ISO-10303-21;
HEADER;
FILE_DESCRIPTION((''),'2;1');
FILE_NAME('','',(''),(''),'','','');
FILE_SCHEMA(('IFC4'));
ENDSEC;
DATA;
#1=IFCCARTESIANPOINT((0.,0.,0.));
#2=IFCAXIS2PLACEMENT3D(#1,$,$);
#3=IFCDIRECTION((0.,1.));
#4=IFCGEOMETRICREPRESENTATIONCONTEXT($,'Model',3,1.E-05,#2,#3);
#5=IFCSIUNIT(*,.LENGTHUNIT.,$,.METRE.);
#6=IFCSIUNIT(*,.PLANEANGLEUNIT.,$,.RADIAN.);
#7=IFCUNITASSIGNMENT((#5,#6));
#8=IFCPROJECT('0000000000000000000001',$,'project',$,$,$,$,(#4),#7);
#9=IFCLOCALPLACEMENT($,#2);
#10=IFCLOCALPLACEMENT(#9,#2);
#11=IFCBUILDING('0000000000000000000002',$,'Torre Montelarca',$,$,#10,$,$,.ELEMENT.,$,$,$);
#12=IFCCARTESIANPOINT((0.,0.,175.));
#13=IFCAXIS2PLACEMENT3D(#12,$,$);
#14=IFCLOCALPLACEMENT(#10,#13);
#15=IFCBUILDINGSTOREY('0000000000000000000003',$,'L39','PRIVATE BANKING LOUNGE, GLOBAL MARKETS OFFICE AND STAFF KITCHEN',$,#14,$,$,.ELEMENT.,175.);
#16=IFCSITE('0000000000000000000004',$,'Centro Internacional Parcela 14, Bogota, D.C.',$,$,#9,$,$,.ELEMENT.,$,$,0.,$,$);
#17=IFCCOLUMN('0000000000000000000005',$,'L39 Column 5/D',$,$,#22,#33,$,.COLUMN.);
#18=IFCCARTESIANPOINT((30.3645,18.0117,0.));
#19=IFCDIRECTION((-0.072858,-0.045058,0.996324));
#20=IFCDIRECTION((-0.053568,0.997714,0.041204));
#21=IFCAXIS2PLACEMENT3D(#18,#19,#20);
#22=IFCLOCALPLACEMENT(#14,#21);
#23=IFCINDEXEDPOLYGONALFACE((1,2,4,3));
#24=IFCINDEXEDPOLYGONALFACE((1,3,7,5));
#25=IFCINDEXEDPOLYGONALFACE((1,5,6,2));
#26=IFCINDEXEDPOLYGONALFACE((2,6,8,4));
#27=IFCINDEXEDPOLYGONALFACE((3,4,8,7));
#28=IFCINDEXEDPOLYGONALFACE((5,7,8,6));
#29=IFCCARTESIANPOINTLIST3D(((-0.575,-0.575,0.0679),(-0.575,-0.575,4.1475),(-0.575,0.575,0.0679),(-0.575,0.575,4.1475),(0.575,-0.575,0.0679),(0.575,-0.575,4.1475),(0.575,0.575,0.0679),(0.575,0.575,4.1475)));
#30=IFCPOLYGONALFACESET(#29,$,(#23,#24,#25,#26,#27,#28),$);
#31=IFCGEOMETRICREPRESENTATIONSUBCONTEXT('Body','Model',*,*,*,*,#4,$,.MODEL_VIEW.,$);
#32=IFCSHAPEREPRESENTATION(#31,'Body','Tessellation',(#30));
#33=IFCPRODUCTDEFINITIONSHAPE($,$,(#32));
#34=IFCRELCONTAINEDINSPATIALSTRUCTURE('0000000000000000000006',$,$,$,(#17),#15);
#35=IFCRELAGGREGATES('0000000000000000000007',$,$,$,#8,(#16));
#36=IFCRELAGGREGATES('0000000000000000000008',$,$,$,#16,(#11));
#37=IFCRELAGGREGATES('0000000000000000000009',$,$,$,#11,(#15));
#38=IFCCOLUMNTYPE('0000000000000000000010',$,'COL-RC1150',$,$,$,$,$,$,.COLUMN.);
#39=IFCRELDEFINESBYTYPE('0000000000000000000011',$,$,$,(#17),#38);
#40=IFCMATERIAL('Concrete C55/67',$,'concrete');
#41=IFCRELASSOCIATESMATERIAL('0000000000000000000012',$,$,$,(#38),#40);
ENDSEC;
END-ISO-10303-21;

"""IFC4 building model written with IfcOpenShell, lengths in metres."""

from ifc_helpers import new_model, si_unit, direction, frame, origin, origin_2d, place, context, subcontext, project, spatial, rectangle, extrude, clip, halfspace, material, material_profile, profile_set, type_object, element, save


model = new_model("IFC4")

# Units and contexts
model_context = context("Model", 3, precision=1e-05, world=origin(), true_north=direction((0.0, 1.0)))
body_context = subcontext(model_context, "Body", "Model", "MODEL_VIEW")
ifc_project = project(units=[si_unit("LENGTHUNIT", "METRE"), si_unit("PLANEANGLEUNIT", "RADIAN")], contexts=[model_context])

# Site, building, storey
site_placement = place(None, origin())
site = spatial("IfcSite", under=ifc_project, at=site_placement, Name="Centro Internacional Parcela 14, Bogota, D.C.", CompositionType="ELEMENT", RefElevation=0.0)
building_placement = place(site_placement, origin())
building = spatial("IfcBuilding", under=site, at=building_placement, Name="Torre Montelarca", CompositionType="ELEMENT")
storey_placement = place(building_placement, frame((0.0, 0.0, 175.0)))
storey = spatial("IfcBuildingStorey", under=building, at=storey_placement, Name="L39", Description="PRIVATE BANKING LOUNGE, GLOBAL MARKETS OFFICE AND STAFF KITCHEN", CompositionType="ELEMENT", Elevation=175.0)

# Column
ifc_material_1 = material(Name="Concrete C55/67", Category="concrete")
ifc_material_profile_1 = material_profile(ifc_material_1, rectangle(XDim=1.1499, YDim=1.1499, at=origin_2d()), Name="RC1150X1150", Category="concrete")
ifc_profile_set_1 = profile_set([ifc_material_profile_1], Name="Concrete C55/67")
column_type = type_object("IfcColumnType", Name="COL-RC1150", PredefinedType="COLUMN", material=ifc_profile_set_1)
column_placement = place(storey_placement, frame((30.3645, 18.0117, 0.0), z_axis=(-0.072858, -0.045058, 0.996324), x_axis=(-0.053568, 0.997714, 0.041204)))
element("IfcColumn", 1, at=column_placement, inside=storey, type_object=column_type, Name="L39 Column 5/D", PredefinedType="COLUMN", context=body_context, shape_type="Clipping", body=[
    clip(clip(extrude(rectangle(XDim=1.1499, YDim=1.1499, at=origin_2d()), origin(), (0.0, 0.0, 1.0), 4.2153), halfspace(frame((0.0, 0.0, 0.0679), z_axis=(0.0, 0.0, -1.0), x_axis=(1.0, 0.0, 0.0)), False)), halfspace(frame((0.0, 0.0, 4.1475), z_axis=(0.0, 0.0, 1.0), x_axis=(1.0, 0.0, 0.0)), False)),
])

save(model, "model.ifc")
